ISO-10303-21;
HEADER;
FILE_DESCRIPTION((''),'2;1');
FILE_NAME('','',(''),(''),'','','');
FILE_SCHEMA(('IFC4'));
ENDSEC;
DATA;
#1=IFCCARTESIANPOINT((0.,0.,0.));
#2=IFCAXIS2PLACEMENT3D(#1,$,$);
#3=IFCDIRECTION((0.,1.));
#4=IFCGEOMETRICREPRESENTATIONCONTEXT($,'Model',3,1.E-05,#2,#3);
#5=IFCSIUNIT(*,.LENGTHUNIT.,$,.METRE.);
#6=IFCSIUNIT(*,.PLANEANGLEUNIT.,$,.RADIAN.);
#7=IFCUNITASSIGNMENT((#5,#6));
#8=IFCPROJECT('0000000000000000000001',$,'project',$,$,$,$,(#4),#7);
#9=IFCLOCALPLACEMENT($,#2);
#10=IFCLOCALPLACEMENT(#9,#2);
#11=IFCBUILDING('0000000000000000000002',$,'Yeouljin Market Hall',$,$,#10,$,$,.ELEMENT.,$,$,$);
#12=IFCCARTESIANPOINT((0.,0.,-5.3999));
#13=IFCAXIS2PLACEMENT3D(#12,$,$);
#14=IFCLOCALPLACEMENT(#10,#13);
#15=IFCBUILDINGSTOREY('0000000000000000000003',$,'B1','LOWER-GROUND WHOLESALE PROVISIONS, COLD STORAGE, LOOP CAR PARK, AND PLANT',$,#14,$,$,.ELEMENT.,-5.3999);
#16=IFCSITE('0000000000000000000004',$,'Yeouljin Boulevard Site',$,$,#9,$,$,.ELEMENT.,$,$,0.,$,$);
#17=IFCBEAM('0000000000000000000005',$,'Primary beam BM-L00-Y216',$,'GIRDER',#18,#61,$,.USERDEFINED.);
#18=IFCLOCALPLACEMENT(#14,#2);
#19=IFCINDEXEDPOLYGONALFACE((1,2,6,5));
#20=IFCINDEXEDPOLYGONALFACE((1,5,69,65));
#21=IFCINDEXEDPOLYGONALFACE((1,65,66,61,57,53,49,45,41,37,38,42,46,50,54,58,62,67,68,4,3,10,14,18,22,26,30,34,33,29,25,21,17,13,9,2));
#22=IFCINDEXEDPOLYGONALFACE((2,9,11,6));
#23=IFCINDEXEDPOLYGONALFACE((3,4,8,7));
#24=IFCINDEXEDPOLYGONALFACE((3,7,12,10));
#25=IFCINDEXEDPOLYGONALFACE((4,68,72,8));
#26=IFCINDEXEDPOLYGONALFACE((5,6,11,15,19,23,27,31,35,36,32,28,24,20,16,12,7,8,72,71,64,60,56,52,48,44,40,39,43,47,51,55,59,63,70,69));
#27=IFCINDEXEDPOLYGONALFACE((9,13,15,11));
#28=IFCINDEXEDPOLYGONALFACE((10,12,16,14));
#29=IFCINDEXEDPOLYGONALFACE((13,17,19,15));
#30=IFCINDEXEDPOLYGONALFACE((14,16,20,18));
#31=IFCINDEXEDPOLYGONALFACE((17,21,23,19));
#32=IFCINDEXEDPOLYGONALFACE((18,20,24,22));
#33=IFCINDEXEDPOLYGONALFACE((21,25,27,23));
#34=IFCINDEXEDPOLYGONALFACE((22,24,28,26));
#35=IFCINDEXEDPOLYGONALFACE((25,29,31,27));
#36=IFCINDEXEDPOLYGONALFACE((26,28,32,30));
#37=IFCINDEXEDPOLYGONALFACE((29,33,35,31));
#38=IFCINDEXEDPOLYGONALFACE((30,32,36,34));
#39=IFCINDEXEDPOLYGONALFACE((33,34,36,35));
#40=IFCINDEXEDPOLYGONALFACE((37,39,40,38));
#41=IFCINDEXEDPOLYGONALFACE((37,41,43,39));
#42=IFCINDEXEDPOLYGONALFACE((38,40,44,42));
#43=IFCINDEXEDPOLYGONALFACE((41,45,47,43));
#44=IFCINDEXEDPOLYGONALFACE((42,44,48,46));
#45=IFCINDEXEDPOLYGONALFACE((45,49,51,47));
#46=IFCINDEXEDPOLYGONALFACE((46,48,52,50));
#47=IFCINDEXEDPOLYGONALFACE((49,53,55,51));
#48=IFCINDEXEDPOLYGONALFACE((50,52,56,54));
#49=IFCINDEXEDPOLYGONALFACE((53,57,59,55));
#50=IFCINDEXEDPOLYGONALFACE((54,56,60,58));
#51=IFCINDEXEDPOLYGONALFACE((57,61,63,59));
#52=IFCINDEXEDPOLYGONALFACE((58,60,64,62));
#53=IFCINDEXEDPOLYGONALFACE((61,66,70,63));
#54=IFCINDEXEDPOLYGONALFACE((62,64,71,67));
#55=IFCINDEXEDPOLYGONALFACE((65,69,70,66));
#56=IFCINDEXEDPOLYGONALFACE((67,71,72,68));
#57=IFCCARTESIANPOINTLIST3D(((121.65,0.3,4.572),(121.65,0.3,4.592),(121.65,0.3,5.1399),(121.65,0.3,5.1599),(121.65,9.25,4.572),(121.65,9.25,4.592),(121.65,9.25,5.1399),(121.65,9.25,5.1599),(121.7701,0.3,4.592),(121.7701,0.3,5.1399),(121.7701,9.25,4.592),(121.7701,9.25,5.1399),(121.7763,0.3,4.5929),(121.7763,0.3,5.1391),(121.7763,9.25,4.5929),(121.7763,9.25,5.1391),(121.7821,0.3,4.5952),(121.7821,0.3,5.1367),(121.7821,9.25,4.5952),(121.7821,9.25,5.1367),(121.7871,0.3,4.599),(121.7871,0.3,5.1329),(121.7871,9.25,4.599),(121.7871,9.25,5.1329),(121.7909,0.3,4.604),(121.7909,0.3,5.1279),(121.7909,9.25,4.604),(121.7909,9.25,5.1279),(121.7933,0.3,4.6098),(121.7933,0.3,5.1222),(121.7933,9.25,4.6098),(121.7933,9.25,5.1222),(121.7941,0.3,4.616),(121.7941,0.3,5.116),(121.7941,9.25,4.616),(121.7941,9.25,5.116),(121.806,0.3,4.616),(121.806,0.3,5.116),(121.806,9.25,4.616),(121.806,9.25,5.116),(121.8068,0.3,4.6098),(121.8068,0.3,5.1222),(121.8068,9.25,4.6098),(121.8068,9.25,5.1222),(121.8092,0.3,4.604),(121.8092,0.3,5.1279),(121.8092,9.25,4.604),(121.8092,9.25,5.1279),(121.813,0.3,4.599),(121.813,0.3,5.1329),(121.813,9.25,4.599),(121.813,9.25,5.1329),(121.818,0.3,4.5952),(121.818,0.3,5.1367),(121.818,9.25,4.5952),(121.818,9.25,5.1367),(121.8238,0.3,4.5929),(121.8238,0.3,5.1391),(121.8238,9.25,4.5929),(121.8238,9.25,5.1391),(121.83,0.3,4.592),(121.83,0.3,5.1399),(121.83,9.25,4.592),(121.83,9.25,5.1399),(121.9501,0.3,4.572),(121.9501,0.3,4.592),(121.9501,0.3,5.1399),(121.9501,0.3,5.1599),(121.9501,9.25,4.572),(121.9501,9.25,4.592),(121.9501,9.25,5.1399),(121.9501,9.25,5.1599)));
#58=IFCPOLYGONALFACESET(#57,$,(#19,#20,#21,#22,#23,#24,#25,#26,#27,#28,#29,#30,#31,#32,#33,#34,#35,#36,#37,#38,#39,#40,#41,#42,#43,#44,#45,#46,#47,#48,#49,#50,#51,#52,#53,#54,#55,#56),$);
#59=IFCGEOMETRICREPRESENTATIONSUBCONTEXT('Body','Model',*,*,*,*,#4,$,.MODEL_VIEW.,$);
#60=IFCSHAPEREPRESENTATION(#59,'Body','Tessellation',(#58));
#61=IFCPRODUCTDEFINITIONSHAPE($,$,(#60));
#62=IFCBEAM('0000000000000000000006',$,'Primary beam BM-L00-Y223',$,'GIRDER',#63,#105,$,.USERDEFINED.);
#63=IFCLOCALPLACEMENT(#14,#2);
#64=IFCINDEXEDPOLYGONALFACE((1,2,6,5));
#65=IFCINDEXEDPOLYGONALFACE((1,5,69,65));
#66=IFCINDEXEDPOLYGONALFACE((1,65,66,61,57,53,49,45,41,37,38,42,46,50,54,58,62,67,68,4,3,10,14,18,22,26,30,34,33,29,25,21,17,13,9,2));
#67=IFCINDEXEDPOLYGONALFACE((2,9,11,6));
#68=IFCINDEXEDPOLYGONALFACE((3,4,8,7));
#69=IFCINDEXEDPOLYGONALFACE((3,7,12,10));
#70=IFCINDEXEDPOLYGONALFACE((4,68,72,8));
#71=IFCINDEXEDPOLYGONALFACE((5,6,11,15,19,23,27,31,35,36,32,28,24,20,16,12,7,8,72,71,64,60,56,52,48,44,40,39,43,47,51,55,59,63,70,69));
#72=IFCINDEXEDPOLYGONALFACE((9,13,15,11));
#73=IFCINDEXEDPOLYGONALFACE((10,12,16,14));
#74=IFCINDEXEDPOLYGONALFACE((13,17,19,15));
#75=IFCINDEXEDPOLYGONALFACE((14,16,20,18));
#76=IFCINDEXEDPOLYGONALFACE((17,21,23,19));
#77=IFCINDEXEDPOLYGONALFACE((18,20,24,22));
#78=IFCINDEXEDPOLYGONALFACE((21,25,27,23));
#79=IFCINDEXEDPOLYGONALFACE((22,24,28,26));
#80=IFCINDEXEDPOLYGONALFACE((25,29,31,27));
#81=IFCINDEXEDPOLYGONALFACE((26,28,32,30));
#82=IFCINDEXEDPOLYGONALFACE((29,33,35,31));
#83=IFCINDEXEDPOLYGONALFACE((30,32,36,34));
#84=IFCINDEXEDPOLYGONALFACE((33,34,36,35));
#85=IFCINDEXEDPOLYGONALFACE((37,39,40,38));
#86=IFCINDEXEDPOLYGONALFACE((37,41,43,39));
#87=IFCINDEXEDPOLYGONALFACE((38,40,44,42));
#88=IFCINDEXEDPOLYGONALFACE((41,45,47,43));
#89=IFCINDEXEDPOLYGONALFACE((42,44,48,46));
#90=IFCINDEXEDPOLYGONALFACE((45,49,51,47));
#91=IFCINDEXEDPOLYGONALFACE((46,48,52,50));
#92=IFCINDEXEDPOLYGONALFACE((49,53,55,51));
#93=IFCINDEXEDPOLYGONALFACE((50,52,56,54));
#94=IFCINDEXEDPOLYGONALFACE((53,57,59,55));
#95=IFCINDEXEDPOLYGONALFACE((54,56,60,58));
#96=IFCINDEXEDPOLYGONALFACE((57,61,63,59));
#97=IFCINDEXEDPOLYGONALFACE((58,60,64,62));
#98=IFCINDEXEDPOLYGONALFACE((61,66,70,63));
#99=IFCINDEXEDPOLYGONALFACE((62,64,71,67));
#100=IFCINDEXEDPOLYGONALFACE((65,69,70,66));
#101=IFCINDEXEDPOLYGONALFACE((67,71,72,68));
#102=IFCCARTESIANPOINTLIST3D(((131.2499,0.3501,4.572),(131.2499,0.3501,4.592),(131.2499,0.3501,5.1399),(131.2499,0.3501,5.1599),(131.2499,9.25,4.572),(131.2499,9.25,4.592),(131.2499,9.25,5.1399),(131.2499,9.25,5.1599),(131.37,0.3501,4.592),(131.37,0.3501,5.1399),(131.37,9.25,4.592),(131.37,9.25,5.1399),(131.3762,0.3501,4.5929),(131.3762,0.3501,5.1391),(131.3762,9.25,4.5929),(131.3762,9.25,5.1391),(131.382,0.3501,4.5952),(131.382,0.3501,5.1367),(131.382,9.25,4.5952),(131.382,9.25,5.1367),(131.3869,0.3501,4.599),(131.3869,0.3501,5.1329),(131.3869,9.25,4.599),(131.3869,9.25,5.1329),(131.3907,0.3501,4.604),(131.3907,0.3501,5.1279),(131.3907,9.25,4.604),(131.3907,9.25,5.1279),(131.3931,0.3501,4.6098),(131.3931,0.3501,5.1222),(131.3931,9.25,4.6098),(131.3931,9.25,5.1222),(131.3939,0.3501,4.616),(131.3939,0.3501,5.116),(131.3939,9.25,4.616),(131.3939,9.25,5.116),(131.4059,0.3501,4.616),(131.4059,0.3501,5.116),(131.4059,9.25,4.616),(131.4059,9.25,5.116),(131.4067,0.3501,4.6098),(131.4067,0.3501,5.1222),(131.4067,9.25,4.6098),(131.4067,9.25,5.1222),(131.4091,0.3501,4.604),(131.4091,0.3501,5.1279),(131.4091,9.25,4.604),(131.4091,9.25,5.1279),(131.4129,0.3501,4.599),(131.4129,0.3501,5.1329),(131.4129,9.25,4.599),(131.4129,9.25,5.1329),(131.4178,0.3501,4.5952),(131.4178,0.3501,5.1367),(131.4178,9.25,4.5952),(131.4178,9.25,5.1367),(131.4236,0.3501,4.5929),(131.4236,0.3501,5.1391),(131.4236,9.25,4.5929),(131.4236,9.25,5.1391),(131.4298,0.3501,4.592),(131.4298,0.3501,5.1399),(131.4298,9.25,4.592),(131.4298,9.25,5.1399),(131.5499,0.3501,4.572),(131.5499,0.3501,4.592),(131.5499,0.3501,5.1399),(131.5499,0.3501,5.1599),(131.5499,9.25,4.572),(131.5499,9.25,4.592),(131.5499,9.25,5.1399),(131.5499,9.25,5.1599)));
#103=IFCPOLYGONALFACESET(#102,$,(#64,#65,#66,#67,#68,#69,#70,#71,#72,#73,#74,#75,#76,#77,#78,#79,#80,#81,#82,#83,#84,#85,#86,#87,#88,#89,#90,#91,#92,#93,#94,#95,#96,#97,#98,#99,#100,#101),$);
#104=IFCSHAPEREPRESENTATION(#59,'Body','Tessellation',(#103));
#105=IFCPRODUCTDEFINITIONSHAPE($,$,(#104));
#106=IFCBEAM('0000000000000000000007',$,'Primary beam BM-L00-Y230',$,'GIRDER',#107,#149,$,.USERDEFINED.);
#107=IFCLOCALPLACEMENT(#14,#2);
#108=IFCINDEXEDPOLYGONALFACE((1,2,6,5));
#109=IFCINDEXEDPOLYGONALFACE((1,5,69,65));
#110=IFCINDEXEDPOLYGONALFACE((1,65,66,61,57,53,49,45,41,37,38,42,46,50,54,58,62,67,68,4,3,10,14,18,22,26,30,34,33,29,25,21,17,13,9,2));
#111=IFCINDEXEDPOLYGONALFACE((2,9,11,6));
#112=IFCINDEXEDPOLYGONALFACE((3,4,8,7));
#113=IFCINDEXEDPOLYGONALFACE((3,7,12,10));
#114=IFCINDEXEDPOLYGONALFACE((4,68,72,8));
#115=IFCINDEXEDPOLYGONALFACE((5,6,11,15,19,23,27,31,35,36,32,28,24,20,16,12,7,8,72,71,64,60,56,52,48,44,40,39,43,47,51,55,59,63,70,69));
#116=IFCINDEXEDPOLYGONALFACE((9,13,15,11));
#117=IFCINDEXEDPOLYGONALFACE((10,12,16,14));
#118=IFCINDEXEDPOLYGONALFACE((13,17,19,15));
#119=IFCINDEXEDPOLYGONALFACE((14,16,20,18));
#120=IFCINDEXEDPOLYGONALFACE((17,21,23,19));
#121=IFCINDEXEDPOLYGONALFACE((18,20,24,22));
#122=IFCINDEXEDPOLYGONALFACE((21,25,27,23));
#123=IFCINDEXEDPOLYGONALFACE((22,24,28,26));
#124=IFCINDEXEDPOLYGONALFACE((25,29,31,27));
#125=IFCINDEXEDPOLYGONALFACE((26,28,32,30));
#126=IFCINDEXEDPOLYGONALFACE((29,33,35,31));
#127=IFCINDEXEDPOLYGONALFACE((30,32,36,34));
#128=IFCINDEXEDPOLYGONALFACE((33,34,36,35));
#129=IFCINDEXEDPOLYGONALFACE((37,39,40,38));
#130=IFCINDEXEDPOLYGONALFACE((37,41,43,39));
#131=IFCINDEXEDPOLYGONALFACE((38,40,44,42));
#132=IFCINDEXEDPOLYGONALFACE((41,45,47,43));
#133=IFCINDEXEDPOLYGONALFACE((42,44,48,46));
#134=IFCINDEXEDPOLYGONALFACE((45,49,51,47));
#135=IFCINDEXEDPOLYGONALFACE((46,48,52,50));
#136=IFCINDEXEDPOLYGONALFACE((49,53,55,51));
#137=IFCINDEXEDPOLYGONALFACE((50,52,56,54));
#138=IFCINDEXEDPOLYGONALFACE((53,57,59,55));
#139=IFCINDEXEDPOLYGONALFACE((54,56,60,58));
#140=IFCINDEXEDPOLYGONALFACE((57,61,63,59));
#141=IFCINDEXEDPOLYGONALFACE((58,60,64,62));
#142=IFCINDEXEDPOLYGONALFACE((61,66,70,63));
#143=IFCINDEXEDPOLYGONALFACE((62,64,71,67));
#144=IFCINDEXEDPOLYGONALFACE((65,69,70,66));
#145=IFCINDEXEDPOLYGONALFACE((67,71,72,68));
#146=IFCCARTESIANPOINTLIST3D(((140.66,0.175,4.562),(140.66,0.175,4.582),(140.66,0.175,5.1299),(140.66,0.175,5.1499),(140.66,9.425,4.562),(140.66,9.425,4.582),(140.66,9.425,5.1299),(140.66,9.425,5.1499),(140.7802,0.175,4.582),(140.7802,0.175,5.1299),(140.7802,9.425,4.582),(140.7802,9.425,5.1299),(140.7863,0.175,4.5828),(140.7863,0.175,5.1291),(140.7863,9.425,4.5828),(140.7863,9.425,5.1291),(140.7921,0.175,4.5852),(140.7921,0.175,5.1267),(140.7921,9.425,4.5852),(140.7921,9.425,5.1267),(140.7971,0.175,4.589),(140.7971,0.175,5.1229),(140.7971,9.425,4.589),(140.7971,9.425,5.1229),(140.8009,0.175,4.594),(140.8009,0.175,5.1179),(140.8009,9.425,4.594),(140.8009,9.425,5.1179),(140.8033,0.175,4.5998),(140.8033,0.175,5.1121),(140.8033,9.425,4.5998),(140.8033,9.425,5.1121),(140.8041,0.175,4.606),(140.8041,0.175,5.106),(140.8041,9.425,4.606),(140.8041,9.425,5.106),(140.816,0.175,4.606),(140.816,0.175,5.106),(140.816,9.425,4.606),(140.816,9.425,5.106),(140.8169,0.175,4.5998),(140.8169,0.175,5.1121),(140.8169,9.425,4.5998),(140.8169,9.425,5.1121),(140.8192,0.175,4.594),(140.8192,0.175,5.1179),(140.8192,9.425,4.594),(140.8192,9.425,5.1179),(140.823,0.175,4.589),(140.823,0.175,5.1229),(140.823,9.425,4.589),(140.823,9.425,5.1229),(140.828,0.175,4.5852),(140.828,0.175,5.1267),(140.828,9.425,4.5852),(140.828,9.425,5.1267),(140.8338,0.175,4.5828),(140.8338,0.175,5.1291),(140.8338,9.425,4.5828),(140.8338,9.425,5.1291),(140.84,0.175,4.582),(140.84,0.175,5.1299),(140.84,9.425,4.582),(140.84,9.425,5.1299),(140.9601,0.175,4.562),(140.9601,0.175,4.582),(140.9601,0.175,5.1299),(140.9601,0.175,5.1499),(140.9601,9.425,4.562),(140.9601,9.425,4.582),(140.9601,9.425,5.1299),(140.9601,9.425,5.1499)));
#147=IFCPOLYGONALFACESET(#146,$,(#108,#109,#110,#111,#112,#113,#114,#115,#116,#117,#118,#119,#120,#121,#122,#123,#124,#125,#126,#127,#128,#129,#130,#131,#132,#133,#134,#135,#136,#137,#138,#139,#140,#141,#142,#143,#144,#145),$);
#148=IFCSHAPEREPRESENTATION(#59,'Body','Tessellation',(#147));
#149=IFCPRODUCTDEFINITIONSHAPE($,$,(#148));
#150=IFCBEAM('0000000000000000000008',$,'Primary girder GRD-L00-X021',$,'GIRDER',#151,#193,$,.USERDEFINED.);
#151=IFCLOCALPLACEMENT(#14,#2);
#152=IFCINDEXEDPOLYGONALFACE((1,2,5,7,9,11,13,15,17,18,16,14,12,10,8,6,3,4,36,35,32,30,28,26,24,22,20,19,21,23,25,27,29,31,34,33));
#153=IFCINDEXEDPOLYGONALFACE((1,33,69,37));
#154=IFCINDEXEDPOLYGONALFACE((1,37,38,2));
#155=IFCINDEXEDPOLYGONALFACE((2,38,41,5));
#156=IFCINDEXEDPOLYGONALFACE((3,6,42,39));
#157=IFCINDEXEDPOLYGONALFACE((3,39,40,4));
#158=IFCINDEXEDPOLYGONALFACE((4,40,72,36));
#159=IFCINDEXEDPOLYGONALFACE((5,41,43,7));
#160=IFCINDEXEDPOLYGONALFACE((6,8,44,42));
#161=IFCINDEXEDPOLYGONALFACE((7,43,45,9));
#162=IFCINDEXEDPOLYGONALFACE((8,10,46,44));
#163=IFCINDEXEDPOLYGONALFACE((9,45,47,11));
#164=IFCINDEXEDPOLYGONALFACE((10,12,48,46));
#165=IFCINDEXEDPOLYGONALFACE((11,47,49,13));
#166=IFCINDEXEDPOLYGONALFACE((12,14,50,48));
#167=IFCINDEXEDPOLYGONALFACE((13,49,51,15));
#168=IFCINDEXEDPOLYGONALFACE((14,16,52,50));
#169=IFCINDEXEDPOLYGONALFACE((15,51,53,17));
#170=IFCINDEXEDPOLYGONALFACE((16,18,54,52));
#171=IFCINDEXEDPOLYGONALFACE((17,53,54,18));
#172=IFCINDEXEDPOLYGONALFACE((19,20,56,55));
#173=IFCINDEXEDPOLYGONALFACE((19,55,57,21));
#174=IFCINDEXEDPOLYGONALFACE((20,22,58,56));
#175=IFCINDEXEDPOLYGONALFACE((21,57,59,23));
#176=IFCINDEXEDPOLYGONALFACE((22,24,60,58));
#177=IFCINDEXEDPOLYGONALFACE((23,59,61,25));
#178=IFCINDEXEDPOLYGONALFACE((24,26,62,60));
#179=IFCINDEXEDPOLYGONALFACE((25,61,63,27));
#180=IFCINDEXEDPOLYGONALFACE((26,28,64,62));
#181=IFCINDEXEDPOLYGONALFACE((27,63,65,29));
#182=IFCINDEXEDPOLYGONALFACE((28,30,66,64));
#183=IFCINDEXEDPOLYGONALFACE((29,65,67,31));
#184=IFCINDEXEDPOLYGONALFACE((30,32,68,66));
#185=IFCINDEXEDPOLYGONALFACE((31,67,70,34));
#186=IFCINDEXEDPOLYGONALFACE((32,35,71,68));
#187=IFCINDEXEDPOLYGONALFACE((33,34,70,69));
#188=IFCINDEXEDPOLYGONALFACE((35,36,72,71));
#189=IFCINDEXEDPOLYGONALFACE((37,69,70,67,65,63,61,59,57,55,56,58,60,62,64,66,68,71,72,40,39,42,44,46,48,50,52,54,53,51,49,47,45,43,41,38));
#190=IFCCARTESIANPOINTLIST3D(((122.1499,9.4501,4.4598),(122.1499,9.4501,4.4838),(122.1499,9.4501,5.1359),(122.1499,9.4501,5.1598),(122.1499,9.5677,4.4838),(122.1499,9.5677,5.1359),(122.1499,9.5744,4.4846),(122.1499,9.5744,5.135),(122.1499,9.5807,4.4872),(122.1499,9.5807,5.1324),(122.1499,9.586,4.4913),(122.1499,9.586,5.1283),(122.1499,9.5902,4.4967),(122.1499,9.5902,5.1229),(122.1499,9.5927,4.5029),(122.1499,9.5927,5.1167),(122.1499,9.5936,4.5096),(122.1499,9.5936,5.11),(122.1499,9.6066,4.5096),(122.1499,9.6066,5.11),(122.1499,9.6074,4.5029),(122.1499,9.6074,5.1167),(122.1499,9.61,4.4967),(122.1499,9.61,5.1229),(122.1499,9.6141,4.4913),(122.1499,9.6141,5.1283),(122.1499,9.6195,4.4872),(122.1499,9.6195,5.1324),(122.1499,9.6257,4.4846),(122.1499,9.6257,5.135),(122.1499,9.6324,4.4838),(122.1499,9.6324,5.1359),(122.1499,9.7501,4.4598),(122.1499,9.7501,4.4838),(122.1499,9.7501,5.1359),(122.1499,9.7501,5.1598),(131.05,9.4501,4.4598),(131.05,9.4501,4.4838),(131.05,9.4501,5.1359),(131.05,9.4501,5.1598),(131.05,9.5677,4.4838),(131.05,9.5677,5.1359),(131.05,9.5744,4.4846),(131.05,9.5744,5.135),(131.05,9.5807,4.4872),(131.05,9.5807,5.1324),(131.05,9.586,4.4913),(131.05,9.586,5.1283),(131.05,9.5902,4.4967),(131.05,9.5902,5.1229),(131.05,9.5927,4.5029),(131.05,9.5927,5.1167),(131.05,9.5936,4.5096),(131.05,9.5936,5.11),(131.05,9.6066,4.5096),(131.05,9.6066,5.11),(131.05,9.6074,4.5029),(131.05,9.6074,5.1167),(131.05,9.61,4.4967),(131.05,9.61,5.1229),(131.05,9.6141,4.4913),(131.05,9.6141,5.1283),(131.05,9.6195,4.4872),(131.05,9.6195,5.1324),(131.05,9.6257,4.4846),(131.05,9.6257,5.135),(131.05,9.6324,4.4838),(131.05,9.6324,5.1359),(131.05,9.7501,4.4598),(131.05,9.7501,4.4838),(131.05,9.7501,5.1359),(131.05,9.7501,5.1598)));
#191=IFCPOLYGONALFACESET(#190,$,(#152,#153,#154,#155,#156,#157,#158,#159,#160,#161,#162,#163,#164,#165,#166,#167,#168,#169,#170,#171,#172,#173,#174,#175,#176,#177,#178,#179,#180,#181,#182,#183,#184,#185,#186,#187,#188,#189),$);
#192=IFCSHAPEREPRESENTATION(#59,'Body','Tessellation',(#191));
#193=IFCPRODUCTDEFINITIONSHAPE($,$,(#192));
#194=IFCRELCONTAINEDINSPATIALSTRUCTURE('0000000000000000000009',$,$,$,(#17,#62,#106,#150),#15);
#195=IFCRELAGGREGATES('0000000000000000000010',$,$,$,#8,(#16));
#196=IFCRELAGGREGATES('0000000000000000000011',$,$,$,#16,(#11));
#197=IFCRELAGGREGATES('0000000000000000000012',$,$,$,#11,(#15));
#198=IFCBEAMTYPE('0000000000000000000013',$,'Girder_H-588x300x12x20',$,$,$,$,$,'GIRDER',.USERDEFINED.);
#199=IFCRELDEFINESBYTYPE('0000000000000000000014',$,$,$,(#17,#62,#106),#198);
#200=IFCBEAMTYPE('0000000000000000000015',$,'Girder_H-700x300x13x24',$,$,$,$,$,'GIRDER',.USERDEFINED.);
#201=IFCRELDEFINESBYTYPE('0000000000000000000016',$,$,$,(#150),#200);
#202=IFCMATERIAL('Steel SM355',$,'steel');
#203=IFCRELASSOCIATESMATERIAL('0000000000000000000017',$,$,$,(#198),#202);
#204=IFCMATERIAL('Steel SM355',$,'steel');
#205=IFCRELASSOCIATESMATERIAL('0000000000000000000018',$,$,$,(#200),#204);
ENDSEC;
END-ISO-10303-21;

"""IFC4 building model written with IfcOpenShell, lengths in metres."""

from ifc_helpers import new_model, si_unit, direction, frame, origin, origin_2d, place, context, subcontext, project, spatial, i_section, extrude, material, material_profile, profile_set, type_object, element, save


model = new_model("IFC4")

# Units and contexts
model_context = context("Model", 3, precision=1e-05, world=origin(), true_north=direction((0.0, 1.0)))
body_context = subcontext(model_context, "Body", "Model", "MODEL_VIEW")
ifc_project = project(units=[si_unit("LENGTHUNIT", "METRE"), si_unit("PLANEANGLEUNIT", "RADIAN")], contexts=[model_context])

# Site, building, storey
site_placement = place(None, origin())
site = spatial("IfcSite", under=ifc_project, at=site_placement, Name="Yeouljin Boulevard Site", CompositionType="ELEMENT", RefElevation=0.0)
building_placement = place(site_placement, origin())
building = spatial("IfcBuilding", under=site, at=building_placement, Name="Yeouljin Market Hall", CompositionType="ELEMENT")
storey_placement = place(building_placement, frame((0.0, 0.0, -5.3999)))
storey = spatial("IfcBuildingStorey", under=building, at=storey_placement, Name="B1", Description="LOWER-GROUND WHOLESALE PROVISIONS, COLD STORAGE, LOOP CAR PARK, AND PLANT", CompositionType="ELEMENT", Elevation=-5.3999)

# Beams
ifc_material_1 = material(Name="Steel SM355", Category="steel")
ifc_material_profile_1 = material_profile(ifc_material_1, i_section(OverallWidth=0.3, OverallDepth=0.5879, WebThickness=0.012, FlangeThickness=0.02, FilletRadius=0.0239, at=origin_2d()), Name="H-588x300x12x20")
ifc_profile_set_1 = profile_set([ifc_material_profile_1], Name="Steel SM355")
beam_type_1 = type_object("IfcBeamType", Name="Girder_H-588x300x12x20", ElementType="GIRDER", PredefinedType="USERDEFINED", material=ifc_profile_set_1)
beam_1_placement = place(storey_placement, frame((121.8, 0.3, 4.866), z_axis=(0.0, 1.0, 0.0), x_axis=(-1.0, 0.0, 0.0)))
element("IfcBeam", 1, at=beam_1_placement, inside=storey, type_object=beam_type_1, Name="Primary beam BM-L00-Y216", ObjectType="GIRDER", PredefinedType="USERDEFINED", context=body_context, shape_type="SweptSolid", body=[
    extrude(i_section(OverallWidth=0.3, OverallDepth=0.5879, WebThickness=0.012, FlangeThickness=0.02, FilletRadius=0.0239, at=origin_2d()), origin(), (0.0, 0.0, 1.0), 8.95),
])
beam_2_placement = place(storey_placement, frame((131.3999, 0.3501, 4.866), z_axis=(0.0, 1.0, 0.0), x_axis=(-1.0, 0.0, 0.0)))
element("IfcBeam", 2, at=beam_2_placement, inside=storey, type_object=beam_type_1, Name="Primary beam BM-L00-Y223", ObjectType="GIRDER", PredefinedType="USERDEFINED", context=body_context, shape_type="SweptSolid", body=[
    extrude(i_section(OverallWidth=0.3, OverallDepth=0.5879, WebThickness=0.012, FlangeThickness=0.02, FilletRadius=0.0239, at=origin_2d()), origin(), (0.0, 0.0, 1.0), 8.8999),
])
beam_3_placement = place(storey_placement, frame((140.8101, 0.175, 4.856), z_axis=(0.0, 1.0, 0.0), x_axis=(-1.0, 0.0, 0.0)))
element("IfcBeam", 3, at=beam_3_placement, inside=storey, type_object=beam_type_1, Name="Primary beam BM-L00-Y230", ObjectType="GIRDER", PredefinedType="USERDEFINED", context=body_context, shape_type="SweptSolid", body=[
    extrude(i_section(OverallWidth=0.3, OverallDepth=0.5879, WebThickness=0.012, FlangeThickness=0.02, FilletRadius=0.0239, at=origin_2d()), origin(), (0.0, 0.0, 1.0), 9.25),
])
ifc_material_2 = material(Name="Steel SM355", Category="steel")
ifc_material_profile_2 = material_profile(ifc_material_2, i_section(OverallWidth=0.3, OverallDepth=0.7, WebThickness=0.0129, FlangeThickness=0.0239, FilletRadius=0.0259, at=origin_2d()), Name="H-700x300x13x24")
ifc_profile_set_2 = profile_set([ifc_material_profile_2], Name="Steel SM355")
beam_type_2 = type_object("IfcBeamType", Name="Girder_H-700x300x13x24", ElementType="GIRDER", PredefinedType="USERDEFINED", material=ifc_profile_set_2)
beam_4_placement = place(storey_placement, frame((122.1499, 9.6001, 4.8098), z_axis=(1.0, 0.0, 0.0), x_axis=(0.0, 1.0, 0.0)))
element("IfcBeam", 4, at=beam_4_placement, inside=storey, type_object=beam_type_2, Name="Primary girder GRD-L00-X021", ObjectType="GIRDER", PredefinedType="USERDEFINED", context=body_context, shape_type="SweptSolid", body=[
    extrude(i_section(OverallWidth=0.3, OverallDepth=0.7, WebThickness=0.0129, FlangeThickness=0.0239, FilletRadius=0.0259, at=origin_2d()), origin(), (0.0, 0.0, 1.0), 8.9001),
])

save(model, "model.ifc")
